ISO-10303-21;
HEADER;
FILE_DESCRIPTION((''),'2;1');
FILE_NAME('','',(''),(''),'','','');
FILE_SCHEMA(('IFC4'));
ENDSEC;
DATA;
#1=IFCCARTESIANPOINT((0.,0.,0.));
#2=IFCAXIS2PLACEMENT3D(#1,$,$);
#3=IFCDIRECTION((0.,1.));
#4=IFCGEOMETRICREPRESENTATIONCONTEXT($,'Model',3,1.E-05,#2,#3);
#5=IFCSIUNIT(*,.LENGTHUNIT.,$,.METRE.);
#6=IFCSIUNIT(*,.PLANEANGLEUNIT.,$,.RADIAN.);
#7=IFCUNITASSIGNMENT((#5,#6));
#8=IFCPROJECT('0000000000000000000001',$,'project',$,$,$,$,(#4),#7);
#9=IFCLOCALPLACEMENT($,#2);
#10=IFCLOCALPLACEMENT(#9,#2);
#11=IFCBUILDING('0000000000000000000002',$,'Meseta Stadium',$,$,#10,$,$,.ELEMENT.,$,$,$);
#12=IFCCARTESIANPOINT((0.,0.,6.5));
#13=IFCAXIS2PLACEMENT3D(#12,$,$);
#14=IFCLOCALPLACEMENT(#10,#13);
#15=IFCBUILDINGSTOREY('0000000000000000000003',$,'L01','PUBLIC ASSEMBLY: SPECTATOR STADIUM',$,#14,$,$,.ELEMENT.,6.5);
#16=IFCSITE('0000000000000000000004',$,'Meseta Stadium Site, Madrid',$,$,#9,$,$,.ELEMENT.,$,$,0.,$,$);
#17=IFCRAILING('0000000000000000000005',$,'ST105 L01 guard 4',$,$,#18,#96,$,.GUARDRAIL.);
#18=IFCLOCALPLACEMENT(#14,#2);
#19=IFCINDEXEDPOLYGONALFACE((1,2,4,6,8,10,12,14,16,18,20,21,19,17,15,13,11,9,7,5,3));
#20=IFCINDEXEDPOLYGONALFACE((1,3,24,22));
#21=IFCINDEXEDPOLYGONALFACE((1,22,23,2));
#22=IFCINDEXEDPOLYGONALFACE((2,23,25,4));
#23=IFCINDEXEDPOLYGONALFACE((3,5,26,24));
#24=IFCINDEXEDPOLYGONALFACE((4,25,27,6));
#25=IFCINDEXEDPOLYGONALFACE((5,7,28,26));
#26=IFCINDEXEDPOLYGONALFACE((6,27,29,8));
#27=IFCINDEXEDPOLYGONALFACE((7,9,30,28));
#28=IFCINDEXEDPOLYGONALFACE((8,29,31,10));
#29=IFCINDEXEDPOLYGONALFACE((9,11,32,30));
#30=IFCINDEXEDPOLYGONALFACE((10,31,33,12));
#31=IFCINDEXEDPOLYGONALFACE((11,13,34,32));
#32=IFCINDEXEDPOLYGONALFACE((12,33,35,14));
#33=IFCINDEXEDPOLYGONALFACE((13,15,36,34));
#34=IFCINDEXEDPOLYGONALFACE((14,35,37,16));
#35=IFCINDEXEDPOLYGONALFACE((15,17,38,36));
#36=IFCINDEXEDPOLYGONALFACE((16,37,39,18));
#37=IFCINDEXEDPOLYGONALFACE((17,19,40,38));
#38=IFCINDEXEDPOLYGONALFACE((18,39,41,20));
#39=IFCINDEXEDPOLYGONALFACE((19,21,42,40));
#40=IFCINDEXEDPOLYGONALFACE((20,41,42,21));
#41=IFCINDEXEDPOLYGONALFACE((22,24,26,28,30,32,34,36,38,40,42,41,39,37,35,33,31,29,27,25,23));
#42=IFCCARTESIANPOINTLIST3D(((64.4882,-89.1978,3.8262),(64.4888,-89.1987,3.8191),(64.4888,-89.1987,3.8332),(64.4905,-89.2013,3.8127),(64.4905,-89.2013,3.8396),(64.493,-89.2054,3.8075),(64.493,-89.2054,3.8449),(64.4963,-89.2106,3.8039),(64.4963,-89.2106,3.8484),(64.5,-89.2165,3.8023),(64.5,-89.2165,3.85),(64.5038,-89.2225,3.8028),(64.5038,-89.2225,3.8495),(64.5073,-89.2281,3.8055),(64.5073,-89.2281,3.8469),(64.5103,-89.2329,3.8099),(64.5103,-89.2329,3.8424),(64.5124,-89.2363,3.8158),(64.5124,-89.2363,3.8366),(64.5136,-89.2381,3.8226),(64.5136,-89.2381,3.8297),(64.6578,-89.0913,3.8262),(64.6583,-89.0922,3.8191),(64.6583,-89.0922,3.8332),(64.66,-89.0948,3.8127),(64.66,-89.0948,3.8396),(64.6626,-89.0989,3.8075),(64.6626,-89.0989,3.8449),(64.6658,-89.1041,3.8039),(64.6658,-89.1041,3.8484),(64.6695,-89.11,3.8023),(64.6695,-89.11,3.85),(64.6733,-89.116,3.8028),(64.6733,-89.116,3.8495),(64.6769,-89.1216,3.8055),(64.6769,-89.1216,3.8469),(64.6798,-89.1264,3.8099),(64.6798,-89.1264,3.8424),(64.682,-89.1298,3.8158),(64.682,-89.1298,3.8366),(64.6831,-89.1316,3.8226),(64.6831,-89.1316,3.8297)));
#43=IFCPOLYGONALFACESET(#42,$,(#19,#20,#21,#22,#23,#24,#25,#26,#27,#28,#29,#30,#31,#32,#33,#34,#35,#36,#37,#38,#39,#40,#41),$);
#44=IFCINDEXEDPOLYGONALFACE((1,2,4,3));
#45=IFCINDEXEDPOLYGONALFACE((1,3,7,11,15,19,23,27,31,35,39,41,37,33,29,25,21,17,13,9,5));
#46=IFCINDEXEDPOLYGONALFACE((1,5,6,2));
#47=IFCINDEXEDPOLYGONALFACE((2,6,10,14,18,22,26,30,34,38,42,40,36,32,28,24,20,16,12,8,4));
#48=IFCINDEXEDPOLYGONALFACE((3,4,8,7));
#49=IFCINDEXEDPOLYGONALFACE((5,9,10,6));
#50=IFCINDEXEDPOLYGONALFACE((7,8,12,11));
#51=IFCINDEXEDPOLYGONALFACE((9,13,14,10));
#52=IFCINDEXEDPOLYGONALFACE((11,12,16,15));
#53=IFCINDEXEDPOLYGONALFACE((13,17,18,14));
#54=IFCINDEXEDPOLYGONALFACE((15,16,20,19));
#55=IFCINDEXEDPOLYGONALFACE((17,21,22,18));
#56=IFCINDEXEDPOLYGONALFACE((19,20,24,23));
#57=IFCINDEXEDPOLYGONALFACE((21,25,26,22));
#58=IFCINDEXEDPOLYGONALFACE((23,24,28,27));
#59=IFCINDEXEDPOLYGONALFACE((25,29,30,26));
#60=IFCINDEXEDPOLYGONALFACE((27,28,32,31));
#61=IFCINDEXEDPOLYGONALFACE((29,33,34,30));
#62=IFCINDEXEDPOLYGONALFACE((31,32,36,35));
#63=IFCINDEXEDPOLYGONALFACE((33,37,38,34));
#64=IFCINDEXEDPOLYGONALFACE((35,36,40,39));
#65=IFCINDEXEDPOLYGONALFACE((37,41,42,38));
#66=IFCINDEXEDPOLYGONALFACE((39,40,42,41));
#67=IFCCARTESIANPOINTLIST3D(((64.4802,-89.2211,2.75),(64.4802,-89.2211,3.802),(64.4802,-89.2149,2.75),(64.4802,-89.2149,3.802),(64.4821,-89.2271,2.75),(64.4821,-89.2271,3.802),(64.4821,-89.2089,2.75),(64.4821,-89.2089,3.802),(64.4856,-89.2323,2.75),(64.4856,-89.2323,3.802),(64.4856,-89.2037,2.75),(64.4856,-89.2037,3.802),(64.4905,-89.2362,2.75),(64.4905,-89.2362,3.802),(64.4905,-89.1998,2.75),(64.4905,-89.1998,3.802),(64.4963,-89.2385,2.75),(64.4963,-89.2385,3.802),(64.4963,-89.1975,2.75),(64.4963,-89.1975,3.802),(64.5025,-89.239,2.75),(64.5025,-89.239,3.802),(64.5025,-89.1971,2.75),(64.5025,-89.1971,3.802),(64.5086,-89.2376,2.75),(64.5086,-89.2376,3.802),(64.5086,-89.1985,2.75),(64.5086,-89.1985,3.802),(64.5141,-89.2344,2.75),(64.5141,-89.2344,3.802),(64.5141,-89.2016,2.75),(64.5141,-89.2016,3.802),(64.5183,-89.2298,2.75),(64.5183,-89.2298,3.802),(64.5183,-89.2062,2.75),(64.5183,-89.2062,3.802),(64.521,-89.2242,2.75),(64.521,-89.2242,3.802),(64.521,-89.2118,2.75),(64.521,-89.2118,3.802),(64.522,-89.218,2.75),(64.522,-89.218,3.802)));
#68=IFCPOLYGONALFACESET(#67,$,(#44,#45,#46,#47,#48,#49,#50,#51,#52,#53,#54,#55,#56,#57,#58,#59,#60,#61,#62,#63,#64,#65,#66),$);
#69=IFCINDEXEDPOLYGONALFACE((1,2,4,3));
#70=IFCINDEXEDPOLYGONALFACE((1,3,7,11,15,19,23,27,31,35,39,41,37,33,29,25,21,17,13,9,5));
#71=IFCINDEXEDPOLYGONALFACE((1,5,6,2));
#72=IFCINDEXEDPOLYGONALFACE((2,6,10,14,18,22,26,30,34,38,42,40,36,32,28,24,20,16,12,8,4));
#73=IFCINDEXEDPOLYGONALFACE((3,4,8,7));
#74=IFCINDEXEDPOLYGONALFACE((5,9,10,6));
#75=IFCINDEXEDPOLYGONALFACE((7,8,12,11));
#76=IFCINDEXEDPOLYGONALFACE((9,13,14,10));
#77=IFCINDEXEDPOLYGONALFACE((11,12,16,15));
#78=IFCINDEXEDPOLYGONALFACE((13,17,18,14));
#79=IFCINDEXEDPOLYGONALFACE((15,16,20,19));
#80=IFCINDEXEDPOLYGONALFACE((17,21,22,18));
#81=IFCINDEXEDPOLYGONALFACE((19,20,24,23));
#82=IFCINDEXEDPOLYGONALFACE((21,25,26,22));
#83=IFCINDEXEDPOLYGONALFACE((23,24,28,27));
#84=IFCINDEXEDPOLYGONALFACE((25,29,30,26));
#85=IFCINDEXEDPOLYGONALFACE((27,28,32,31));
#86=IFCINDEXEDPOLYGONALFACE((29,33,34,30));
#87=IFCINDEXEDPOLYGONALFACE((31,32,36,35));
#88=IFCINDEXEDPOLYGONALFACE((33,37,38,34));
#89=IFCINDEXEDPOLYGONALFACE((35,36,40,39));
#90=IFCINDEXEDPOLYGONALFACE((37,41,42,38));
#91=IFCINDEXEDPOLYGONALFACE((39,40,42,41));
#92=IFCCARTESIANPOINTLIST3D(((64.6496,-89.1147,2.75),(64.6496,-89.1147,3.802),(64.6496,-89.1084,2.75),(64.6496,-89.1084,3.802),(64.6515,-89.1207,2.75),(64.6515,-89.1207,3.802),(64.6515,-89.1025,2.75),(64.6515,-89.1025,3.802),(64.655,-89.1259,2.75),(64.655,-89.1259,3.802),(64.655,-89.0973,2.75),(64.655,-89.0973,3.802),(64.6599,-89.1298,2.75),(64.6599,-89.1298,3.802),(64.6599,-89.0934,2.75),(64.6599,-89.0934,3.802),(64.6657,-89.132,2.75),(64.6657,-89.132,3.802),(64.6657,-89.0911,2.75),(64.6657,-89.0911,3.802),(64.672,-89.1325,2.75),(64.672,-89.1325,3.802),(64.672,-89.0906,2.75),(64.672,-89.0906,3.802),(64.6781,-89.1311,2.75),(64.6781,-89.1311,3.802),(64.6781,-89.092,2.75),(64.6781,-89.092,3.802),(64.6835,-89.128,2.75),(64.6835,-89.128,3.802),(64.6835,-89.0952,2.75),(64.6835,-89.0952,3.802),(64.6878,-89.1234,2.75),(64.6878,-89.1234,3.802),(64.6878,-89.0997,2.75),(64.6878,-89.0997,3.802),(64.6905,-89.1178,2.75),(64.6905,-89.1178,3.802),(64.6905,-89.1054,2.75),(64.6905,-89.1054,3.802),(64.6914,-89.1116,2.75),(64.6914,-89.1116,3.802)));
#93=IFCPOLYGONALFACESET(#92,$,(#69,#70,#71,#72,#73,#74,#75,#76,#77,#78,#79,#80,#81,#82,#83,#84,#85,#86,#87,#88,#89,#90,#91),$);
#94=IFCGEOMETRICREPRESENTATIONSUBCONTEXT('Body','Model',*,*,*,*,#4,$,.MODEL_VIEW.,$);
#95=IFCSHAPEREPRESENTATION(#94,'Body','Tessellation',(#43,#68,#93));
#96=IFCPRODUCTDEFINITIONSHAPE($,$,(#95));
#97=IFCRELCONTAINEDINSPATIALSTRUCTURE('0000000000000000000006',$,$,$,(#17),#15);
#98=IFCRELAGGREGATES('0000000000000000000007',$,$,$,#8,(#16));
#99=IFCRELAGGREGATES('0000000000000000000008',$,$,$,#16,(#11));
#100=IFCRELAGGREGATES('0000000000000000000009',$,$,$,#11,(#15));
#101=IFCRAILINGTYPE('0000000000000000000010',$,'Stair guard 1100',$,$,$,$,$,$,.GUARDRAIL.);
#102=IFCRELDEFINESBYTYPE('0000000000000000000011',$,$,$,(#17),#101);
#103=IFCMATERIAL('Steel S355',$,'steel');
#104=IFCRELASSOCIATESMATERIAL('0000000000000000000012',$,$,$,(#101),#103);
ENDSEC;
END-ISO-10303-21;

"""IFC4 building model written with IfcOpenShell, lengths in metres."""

from ifc_helpers import new_model, si_unit, direction, frame, origin, origin_2d, place, context, subcontext, project, spatial, circle, extrude, material, type_object, element, save


model = new_model("IFC4")

# Units and contexts
model_context = context("Model", 3, precision=1e-05, world=origin(), true_north=direction((0.0, 1.0)))
body_context = subcontext(model_context, "Body", "Model", "MODEL_VIEW")
ifc_project = project(units=[si_unit("LENGTHUNIT", "METRE"), si_unit("PLANEANGLEUNIT", "RADIAN")], contexts=[model_context])

# Site, building, storey
site_placement = place(None, origin())
site = spatial("IfcSite", under=ifc_project, at=site_placement, Name="Meseta Stadium Site, Madrid", CompositionType="ELEMENT", RefElevation=0.0)
building_placement = place(site_placement, origin())
building = spatial("IfcBuilding", under=site, at=building_placement, Name="Meseta Stadium", CompositionType="ELEMENT")
storey_placement = place(building_placement, frame((0.0, 0.0, 6.5)))
storey = spatial("IfcBuildingStorey", under=building, at=storey_placement, Name="L01", Description="PUBLIC ASSEMBLY: SPECTATOR STADIUM", CompositionType="ELEMENT", Elevation=6.5)

# Railing
ifc_material_1 = material(Name="Steel S355", Category="steel")
railing_type_1 = type_object("IfcRailingType", Name="Stair guard 1100", PredefinedType="GUARDRAIL", material=ifc_material_1)
railing_1_placement = place(storey_placement, frame((64.501, -89.218, 2.75)))
element("IfcRailing", 1, at=railing_1_placement, inside=storey, type_object=railing_type_1, Name="ST105 L01 guard 4", PredefinedType="GUARDRAIL", context=body_context, shape_type="SweptSolid", body=[
    extrude(circle(Radius=0.0239, at=origin_2d()), frame((0.0, 0.0, 1.0762), z_axis=(0.846762, 0.531972, 0.0), x_axis=(-0.531972, 0.846762, 0.0)), (0.0, 0.0, 1.0), 0.2002),
    extrude(circle(Radius=0.021, at=origin_2d()), origin(), (0.0, 0.0, 1.0), 1.052),
    extrude(circle(Radius=0.021, at=origin_2d()), frame((0.1694, 0.1064, 0.0)), (0.0, 0.0, 1.0), 1.052),
])

save(model, "model.ifc")
